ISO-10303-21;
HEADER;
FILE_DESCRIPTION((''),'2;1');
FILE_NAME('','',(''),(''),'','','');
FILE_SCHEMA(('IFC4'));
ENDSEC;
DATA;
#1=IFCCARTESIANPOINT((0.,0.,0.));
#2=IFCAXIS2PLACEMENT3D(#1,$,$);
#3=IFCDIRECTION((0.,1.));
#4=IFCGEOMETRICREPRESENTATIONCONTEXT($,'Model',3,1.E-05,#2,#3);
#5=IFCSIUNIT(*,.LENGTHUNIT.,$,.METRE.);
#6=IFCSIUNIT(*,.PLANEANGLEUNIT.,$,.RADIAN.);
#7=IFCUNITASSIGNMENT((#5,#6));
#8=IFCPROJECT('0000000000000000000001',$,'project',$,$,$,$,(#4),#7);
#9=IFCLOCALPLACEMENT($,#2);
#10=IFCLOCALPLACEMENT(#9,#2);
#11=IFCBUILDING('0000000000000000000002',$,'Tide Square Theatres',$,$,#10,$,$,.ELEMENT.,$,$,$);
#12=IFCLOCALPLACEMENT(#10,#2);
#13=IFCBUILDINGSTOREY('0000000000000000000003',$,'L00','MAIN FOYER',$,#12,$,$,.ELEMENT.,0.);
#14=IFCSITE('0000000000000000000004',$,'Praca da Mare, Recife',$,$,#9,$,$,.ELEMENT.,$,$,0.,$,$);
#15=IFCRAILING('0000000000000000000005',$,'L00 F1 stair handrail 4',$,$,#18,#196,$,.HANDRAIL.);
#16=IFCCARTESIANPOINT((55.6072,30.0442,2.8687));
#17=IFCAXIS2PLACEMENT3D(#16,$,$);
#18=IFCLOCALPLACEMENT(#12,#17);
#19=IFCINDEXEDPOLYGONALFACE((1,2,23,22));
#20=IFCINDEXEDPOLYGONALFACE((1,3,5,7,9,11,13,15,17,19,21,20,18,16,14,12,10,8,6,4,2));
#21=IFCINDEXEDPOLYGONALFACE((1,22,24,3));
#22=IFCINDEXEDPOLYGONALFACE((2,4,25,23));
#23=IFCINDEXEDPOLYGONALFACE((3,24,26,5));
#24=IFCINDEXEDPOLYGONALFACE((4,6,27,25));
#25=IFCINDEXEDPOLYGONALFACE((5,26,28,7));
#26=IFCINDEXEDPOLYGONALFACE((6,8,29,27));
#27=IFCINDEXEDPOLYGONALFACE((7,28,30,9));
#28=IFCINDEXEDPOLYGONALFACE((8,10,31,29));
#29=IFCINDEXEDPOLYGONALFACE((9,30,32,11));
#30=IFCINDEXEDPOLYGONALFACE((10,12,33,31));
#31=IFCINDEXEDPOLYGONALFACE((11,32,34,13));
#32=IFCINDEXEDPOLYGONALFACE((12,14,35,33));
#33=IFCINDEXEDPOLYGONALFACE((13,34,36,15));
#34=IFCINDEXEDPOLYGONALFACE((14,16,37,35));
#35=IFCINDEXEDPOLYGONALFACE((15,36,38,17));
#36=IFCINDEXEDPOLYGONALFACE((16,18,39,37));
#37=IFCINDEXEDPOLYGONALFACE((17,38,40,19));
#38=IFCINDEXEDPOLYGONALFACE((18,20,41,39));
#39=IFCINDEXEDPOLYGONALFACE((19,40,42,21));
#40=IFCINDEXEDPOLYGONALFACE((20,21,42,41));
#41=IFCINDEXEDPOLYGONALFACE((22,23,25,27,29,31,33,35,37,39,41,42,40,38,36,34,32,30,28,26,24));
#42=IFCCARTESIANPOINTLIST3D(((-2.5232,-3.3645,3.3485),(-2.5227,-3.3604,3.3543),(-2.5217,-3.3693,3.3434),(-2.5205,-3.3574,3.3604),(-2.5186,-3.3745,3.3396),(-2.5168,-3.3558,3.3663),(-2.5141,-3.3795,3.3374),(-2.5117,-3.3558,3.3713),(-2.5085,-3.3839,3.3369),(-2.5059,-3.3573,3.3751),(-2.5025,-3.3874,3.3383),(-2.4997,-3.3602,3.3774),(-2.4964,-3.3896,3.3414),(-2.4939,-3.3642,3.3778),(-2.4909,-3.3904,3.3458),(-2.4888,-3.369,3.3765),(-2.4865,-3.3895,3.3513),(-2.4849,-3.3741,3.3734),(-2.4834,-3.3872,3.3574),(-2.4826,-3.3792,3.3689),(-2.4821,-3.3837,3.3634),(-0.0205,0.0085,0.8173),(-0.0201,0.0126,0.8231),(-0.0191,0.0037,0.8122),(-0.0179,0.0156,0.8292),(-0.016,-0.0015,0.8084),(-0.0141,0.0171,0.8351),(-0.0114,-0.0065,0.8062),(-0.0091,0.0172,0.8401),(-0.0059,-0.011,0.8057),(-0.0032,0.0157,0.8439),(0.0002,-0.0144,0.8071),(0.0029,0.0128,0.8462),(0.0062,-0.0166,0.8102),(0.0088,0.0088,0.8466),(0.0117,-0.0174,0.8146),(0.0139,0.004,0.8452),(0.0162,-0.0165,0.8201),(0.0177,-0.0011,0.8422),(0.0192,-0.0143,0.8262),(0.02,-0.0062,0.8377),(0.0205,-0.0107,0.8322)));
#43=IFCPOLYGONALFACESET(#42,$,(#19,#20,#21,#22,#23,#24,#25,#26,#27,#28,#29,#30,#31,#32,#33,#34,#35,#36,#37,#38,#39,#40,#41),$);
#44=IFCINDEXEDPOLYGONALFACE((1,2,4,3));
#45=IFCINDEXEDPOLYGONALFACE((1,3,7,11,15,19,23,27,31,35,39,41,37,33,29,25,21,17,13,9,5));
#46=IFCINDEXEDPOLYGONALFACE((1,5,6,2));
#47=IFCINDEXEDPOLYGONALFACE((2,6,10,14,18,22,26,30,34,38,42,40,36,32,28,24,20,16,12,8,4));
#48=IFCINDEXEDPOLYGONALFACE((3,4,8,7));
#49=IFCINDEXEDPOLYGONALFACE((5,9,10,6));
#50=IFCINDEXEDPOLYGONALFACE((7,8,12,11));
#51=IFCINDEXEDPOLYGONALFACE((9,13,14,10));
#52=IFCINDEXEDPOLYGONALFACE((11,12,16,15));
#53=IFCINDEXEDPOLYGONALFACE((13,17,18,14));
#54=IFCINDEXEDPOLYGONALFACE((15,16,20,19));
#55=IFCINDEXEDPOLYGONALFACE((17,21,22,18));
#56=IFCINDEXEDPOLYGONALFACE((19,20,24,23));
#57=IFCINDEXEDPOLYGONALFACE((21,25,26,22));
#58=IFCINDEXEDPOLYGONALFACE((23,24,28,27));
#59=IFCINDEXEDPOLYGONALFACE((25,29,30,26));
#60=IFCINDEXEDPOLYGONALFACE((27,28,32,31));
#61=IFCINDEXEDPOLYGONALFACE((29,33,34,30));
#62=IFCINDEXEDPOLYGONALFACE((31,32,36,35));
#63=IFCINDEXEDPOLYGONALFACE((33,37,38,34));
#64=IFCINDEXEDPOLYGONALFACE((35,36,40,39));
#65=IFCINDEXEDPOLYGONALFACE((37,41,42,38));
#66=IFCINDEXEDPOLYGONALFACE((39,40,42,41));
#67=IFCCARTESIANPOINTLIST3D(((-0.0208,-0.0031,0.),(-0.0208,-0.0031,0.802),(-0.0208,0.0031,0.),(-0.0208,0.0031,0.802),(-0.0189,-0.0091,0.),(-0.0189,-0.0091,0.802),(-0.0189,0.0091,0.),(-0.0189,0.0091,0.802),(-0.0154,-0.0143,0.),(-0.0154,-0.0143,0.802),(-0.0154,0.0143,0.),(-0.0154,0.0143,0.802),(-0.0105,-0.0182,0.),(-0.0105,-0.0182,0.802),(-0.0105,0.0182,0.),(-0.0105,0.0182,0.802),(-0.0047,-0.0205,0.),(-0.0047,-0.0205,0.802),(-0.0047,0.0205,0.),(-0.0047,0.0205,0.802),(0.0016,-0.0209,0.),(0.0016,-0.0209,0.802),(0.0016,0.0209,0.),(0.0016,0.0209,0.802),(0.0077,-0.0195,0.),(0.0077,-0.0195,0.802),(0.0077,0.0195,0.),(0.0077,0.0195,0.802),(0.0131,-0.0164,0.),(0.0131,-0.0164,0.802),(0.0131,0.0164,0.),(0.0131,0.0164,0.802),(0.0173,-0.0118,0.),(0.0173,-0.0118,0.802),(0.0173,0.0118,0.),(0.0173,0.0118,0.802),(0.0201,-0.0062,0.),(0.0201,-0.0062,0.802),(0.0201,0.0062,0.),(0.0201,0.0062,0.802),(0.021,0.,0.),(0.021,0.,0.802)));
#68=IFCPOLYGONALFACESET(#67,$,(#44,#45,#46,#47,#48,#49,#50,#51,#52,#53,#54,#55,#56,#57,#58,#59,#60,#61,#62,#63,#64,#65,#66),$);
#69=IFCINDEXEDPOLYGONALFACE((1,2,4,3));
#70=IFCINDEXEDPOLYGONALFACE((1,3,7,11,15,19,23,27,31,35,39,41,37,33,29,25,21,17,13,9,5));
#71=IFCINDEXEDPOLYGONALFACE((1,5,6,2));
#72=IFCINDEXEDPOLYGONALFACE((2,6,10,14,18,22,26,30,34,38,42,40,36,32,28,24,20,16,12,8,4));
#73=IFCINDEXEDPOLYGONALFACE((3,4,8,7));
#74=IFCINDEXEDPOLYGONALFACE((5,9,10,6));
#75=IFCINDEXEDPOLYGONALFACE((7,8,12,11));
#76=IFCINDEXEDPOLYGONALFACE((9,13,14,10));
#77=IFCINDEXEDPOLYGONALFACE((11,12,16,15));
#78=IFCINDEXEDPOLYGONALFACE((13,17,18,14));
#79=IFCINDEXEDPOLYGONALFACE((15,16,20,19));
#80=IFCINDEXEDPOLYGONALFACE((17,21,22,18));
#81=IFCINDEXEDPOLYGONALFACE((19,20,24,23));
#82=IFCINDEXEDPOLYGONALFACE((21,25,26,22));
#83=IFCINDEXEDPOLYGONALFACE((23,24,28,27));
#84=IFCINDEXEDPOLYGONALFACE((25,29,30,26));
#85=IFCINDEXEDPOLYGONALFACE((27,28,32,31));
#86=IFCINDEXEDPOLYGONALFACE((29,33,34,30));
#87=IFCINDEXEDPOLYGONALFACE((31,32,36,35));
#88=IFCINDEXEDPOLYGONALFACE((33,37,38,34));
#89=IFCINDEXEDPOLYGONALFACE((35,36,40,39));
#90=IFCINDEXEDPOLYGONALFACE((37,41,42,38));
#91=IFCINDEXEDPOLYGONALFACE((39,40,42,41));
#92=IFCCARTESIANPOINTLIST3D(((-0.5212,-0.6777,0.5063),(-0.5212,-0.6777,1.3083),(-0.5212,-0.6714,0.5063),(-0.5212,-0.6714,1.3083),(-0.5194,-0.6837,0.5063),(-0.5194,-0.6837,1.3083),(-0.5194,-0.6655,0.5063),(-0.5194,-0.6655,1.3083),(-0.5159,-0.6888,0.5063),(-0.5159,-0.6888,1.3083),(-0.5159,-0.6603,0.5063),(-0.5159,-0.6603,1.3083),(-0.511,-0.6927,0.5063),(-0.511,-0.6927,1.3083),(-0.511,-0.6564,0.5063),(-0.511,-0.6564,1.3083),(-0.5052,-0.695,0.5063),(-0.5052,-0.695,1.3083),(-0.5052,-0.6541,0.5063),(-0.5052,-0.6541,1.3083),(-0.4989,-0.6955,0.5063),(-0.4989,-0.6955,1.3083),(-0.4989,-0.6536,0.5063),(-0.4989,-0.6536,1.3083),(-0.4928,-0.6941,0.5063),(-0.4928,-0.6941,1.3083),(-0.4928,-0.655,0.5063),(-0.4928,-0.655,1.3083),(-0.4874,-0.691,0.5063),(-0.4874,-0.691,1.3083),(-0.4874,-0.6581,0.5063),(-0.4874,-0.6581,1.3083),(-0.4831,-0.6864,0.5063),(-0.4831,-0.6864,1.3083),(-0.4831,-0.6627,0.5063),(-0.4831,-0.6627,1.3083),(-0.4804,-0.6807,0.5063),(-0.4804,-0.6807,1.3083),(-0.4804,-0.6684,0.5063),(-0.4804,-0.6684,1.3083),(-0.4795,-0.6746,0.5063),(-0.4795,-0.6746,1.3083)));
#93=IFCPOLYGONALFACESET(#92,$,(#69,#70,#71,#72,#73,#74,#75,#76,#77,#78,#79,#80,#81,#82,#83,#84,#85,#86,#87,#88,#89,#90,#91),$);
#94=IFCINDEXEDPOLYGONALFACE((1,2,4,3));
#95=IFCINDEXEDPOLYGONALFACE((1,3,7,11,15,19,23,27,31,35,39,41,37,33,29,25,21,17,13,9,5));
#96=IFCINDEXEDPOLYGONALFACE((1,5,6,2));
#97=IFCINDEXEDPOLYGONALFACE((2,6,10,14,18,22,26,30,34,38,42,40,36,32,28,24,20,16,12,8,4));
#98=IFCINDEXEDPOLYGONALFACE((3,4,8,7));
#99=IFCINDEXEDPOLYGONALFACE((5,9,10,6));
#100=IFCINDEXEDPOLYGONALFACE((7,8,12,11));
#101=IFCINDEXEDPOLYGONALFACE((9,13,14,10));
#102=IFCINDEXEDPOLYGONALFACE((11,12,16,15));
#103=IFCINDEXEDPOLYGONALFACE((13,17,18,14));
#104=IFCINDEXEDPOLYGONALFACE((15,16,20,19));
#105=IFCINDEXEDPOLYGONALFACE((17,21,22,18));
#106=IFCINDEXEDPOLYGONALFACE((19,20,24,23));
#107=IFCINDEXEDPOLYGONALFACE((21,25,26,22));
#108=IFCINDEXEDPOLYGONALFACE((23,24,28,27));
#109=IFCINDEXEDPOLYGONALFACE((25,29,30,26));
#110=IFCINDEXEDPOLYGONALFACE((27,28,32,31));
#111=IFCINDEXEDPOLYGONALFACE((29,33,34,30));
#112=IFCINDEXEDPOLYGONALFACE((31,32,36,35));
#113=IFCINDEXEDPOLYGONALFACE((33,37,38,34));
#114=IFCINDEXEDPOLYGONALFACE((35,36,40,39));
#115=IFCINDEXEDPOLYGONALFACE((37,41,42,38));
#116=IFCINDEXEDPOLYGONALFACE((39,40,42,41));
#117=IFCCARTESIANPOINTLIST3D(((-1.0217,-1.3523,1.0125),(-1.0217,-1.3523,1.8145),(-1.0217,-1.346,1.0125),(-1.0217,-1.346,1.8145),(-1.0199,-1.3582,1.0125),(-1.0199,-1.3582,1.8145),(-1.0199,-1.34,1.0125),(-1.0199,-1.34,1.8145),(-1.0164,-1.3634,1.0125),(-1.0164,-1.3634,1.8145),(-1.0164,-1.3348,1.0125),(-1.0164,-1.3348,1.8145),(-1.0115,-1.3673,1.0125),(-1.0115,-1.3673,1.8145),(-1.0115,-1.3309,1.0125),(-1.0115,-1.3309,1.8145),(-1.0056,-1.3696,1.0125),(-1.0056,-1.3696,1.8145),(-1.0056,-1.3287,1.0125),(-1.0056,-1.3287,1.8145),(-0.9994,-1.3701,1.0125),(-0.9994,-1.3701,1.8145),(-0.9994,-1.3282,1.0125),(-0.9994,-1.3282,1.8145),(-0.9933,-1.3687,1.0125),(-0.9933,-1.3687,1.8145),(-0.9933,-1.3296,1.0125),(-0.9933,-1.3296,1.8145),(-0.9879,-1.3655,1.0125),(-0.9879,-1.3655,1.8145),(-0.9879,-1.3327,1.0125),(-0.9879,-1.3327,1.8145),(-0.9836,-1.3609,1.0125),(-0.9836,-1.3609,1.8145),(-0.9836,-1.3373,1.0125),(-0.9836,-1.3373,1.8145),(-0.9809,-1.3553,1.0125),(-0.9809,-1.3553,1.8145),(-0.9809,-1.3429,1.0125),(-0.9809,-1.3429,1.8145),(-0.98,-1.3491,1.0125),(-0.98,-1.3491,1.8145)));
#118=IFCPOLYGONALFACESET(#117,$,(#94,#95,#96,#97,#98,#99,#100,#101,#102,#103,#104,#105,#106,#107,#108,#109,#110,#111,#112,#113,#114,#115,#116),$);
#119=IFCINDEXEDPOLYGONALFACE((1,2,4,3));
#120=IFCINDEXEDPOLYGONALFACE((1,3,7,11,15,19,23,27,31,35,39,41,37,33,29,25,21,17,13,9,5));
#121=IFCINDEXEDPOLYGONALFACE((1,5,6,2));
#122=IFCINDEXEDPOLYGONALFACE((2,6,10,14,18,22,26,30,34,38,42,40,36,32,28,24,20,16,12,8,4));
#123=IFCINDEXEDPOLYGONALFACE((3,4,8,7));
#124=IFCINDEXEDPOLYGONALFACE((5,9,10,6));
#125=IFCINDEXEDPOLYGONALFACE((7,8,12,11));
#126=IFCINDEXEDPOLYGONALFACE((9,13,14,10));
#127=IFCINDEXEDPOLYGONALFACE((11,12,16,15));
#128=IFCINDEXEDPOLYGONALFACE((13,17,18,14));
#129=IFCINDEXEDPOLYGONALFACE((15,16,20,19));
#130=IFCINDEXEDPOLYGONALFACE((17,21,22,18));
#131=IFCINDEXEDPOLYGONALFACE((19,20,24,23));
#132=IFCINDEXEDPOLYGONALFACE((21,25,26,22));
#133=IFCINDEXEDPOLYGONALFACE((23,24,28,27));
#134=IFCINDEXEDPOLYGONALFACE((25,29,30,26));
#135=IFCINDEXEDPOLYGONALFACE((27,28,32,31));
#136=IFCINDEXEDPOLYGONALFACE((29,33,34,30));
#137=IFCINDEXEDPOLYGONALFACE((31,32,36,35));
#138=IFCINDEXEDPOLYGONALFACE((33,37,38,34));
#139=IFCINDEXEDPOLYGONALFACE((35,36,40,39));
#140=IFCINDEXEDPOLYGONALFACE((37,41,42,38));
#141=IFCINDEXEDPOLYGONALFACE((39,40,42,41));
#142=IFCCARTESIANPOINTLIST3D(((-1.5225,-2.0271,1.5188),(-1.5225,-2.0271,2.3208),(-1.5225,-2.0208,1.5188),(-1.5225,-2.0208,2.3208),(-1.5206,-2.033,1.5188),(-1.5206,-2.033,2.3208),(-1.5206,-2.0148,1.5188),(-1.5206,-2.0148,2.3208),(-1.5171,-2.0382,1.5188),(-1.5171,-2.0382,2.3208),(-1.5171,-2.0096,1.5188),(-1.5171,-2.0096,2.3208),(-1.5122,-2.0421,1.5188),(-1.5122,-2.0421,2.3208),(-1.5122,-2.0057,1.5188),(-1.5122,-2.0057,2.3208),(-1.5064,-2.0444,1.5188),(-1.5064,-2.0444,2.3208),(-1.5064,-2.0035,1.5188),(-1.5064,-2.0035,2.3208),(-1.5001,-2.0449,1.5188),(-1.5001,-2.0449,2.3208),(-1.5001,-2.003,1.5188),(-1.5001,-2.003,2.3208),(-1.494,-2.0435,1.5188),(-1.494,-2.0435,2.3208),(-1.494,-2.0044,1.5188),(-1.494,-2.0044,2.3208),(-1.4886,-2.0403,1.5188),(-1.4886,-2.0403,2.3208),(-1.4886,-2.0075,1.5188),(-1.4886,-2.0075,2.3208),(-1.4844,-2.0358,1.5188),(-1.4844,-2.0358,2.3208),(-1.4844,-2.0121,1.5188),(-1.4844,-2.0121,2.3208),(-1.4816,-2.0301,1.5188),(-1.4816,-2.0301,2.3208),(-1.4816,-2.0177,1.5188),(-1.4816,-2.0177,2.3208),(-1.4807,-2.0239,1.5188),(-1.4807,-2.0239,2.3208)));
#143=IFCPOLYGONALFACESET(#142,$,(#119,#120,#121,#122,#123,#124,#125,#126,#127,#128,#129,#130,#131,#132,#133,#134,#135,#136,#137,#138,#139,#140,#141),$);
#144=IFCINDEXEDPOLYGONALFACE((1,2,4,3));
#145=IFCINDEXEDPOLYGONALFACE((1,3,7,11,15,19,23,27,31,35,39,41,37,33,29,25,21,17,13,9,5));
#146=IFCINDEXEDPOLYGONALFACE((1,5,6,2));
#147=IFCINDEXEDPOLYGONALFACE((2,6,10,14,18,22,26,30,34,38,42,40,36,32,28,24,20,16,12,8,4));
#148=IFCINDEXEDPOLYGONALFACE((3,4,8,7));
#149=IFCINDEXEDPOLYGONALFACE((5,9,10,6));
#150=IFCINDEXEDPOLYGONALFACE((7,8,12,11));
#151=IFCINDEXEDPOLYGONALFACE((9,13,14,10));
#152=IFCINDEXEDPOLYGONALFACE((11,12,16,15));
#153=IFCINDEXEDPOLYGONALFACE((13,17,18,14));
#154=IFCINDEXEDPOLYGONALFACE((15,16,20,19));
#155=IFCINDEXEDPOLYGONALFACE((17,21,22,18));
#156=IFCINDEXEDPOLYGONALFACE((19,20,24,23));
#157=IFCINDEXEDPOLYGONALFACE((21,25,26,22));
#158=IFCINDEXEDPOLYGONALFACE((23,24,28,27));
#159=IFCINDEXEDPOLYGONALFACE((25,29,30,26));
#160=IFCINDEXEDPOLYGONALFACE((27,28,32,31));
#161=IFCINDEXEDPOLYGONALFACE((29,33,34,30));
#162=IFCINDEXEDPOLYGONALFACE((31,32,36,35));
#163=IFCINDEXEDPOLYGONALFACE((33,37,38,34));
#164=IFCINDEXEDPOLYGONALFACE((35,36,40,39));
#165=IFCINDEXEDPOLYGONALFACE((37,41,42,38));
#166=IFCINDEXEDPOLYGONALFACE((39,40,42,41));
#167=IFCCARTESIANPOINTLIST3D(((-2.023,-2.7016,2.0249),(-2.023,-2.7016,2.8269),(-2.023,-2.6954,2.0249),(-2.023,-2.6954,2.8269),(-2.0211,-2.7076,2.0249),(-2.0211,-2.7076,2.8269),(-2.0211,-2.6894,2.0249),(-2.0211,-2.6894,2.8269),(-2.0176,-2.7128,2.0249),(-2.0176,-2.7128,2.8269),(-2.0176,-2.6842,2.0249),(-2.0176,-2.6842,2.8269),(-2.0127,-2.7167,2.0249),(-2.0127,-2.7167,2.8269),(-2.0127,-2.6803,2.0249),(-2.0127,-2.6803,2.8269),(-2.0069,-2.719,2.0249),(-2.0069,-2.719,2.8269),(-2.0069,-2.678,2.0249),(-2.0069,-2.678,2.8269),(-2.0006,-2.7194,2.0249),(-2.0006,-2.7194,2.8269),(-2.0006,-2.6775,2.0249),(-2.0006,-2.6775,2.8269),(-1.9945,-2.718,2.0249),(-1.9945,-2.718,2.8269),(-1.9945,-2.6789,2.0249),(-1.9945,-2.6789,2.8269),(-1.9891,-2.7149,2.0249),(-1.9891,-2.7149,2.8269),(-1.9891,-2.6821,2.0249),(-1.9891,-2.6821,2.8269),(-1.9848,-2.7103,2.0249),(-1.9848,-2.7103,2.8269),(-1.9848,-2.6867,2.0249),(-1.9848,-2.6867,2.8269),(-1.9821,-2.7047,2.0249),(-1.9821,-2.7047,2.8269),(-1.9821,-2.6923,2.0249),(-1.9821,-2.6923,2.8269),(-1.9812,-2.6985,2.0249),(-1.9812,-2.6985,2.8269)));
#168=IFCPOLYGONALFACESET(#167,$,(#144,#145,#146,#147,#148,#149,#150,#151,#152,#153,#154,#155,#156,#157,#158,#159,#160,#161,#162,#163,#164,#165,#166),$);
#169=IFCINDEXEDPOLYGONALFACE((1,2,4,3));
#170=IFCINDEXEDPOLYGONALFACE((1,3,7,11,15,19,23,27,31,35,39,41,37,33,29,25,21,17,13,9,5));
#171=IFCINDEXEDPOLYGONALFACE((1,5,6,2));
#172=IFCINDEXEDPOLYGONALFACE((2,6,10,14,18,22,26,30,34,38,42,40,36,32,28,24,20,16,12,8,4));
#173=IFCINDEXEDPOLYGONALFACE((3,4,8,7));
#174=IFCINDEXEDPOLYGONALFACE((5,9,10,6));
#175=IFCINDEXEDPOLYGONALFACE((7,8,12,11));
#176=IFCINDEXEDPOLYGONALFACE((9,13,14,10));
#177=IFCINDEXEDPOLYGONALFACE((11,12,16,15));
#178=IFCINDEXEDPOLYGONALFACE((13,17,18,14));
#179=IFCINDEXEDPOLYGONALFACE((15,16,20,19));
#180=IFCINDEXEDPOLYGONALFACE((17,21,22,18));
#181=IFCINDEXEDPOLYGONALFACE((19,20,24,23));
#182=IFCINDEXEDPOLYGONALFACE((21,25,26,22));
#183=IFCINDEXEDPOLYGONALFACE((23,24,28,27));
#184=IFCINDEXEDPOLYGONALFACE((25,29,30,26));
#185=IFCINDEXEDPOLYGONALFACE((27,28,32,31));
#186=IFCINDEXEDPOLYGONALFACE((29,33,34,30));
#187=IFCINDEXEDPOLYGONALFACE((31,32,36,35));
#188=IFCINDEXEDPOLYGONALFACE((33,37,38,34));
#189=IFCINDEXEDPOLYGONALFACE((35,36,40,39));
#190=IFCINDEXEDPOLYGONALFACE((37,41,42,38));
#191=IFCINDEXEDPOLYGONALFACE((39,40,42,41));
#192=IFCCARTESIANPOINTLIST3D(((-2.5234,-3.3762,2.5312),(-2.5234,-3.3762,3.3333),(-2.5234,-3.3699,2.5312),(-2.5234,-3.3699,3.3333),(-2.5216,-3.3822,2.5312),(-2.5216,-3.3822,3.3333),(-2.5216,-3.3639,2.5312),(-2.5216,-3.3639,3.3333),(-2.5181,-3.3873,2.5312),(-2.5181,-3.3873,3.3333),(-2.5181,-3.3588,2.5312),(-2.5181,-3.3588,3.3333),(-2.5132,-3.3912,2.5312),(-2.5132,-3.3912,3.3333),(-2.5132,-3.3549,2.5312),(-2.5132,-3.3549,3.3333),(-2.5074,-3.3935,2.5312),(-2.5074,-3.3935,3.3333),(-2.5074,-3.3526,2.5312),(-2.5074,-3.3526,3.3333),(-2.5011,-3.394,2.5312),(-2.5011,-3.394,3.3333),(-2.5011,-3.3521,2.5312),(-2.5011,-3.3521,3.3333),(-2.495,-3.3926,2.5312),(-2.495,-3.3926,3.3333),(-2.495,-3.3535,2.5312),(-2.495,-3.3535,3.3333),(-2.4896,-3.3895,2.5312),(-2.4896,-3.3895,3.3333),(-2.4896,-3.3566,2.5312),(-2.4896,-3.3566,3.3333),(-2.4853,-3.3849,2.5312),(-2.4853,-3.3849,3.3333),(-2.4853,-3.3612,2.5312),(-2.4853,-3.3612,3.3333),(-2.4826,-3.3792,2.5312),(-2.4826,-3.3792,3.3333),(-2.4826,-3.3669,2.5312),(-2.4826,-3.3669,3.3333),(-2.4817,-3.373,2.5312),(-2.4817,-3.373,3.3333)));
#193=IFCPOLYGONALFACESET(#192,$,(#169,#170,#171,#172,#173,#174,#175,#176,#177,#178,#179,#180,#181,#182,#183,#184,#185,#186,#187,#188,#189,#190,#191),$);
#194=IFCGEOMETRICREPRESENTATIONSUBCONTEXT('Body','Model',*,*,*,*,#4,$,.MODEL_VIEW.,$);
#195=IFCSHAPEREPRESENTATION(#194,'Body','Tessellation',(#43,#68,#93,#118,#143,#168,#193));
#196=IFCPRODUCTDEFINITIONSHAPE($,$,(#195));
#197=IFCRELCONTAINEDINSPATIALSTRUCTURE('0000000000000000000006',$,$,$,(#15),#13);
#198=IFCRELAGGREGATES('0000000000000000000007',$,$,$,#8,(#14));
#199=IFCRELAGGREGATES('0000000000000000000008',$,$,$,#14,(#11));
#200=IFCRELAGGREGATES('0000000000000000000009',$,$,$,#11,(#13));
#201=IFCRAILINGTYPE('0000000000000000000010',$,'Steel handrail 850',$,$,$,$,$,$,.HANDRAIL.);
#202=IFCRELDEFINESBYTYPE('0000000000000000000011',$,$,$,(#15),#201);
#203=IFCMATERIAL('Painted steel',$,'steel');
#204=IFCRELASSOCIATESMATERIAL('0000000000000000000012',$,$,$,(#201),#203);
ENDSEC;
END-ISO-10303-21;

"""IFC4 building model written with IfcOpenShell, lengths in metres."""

from ifc_helpers import new_model, si_unit, direction, frame, origin, origin_2d, place, context, subcontext, project, spatial, circle, extrude, material, type_object, element, save


model = new_model("IFC4")

# Units and contexts
model_context = context("Model", 3, precision=1e-05, world=origin(), true_north=direction((0.0, 1.0)))
body_context = subcontext(model_context, "Body", "Model", "MODEL_VIEW")
ifc_project = project(units=[si_unit("LENGTHUNIT", "METRE"), si_unit("PLANEANGLEUNIT", "RADIAN")], contexts=[model_context])

# Site, building, storey
site_placement = place(None, origin())
site = spatial("IfcSite", under=ifc_project, at=site_placement, Name="Praca da Mare, Recife", CompositionType="ELEMENT", RefElevation=0.0)
building_placement = place(site_placement, origin())
building = spatial("IfcBuilding", under=site, at=building_placement, Name="Tide Square Theatres", CompositionType="ELEMENT")
storey_placement = place(building_placement, origin())
storey = spatial("IfcBuildingStorey", under=building, at=storey_placement, Name="L00", Description="MAIN FOYER", CompositionType="ELEMENT", Elevation=0.0)

# Railing
ifc_material_1 = material(Name="Painted steel", Category="steel")
railing_type_1 = type_object("IfcRailingType", Name="Steel handrail 850", PredefinedType="HANDRAIL", material=ifc_material_1)
for number, where, name in (
    (1, (55.6072, 30.0442, 2.8687), "L00 F1 stair handrail 4"),
):
    element("IfcRailing", number, at=place(storey_placement, frame(where)), inside=storey, type_object=railing_type_1, Name=name, PredefinedType="HANDRAIL", context=body_context, shape_type="SweptSolid", body=[
        extrude(circle(Radius=0.0239, at=origin_2d()), frame((0.0, 0.0, 0.8262), z_axis=(-0.510347, -0.687831, 0.516172), x_axis=(0.803086, -0.595863, 0.0)), (0.0, 0.0, 1.0), 4.9038),
        extrude(circle(Radius=0.021, at=origin_2d()), origin(), (0.0, 0.0, 1.0), 0.802),
        extrude(circle(Radius=0.021, at=origin_2d()), frame((-0.5005, -0.6746, 0.5063)), (0.0, 0.0, 1.0), 0.802),
        extrude(circle(Radius=0.021, at=origin_2d()), frame((-1.001, -1.3491, 1.0125)), (0.0, 0.0, 1.0), 0.802),
        extrude(circle(Radius=0.021, at=origin_2d()), frame((-1.5017, -2.0239, 1.5188)), (0.0, 0.0, 1.0), 0.802),
        extrude(circle(Radius=0.021, at=origin_2d()), frame((-2.0022, -2.6985, 2.0249)), (0.0, 0.0, 1.0), 0.802),
        extrude(circle(Radius=0.021, at=origin_2d()), frame((-2.5027, -3.373, 2.5312)), (0.0, 0.0, 1.0), 0.802),
    ])

save(model, "model.ifc")
